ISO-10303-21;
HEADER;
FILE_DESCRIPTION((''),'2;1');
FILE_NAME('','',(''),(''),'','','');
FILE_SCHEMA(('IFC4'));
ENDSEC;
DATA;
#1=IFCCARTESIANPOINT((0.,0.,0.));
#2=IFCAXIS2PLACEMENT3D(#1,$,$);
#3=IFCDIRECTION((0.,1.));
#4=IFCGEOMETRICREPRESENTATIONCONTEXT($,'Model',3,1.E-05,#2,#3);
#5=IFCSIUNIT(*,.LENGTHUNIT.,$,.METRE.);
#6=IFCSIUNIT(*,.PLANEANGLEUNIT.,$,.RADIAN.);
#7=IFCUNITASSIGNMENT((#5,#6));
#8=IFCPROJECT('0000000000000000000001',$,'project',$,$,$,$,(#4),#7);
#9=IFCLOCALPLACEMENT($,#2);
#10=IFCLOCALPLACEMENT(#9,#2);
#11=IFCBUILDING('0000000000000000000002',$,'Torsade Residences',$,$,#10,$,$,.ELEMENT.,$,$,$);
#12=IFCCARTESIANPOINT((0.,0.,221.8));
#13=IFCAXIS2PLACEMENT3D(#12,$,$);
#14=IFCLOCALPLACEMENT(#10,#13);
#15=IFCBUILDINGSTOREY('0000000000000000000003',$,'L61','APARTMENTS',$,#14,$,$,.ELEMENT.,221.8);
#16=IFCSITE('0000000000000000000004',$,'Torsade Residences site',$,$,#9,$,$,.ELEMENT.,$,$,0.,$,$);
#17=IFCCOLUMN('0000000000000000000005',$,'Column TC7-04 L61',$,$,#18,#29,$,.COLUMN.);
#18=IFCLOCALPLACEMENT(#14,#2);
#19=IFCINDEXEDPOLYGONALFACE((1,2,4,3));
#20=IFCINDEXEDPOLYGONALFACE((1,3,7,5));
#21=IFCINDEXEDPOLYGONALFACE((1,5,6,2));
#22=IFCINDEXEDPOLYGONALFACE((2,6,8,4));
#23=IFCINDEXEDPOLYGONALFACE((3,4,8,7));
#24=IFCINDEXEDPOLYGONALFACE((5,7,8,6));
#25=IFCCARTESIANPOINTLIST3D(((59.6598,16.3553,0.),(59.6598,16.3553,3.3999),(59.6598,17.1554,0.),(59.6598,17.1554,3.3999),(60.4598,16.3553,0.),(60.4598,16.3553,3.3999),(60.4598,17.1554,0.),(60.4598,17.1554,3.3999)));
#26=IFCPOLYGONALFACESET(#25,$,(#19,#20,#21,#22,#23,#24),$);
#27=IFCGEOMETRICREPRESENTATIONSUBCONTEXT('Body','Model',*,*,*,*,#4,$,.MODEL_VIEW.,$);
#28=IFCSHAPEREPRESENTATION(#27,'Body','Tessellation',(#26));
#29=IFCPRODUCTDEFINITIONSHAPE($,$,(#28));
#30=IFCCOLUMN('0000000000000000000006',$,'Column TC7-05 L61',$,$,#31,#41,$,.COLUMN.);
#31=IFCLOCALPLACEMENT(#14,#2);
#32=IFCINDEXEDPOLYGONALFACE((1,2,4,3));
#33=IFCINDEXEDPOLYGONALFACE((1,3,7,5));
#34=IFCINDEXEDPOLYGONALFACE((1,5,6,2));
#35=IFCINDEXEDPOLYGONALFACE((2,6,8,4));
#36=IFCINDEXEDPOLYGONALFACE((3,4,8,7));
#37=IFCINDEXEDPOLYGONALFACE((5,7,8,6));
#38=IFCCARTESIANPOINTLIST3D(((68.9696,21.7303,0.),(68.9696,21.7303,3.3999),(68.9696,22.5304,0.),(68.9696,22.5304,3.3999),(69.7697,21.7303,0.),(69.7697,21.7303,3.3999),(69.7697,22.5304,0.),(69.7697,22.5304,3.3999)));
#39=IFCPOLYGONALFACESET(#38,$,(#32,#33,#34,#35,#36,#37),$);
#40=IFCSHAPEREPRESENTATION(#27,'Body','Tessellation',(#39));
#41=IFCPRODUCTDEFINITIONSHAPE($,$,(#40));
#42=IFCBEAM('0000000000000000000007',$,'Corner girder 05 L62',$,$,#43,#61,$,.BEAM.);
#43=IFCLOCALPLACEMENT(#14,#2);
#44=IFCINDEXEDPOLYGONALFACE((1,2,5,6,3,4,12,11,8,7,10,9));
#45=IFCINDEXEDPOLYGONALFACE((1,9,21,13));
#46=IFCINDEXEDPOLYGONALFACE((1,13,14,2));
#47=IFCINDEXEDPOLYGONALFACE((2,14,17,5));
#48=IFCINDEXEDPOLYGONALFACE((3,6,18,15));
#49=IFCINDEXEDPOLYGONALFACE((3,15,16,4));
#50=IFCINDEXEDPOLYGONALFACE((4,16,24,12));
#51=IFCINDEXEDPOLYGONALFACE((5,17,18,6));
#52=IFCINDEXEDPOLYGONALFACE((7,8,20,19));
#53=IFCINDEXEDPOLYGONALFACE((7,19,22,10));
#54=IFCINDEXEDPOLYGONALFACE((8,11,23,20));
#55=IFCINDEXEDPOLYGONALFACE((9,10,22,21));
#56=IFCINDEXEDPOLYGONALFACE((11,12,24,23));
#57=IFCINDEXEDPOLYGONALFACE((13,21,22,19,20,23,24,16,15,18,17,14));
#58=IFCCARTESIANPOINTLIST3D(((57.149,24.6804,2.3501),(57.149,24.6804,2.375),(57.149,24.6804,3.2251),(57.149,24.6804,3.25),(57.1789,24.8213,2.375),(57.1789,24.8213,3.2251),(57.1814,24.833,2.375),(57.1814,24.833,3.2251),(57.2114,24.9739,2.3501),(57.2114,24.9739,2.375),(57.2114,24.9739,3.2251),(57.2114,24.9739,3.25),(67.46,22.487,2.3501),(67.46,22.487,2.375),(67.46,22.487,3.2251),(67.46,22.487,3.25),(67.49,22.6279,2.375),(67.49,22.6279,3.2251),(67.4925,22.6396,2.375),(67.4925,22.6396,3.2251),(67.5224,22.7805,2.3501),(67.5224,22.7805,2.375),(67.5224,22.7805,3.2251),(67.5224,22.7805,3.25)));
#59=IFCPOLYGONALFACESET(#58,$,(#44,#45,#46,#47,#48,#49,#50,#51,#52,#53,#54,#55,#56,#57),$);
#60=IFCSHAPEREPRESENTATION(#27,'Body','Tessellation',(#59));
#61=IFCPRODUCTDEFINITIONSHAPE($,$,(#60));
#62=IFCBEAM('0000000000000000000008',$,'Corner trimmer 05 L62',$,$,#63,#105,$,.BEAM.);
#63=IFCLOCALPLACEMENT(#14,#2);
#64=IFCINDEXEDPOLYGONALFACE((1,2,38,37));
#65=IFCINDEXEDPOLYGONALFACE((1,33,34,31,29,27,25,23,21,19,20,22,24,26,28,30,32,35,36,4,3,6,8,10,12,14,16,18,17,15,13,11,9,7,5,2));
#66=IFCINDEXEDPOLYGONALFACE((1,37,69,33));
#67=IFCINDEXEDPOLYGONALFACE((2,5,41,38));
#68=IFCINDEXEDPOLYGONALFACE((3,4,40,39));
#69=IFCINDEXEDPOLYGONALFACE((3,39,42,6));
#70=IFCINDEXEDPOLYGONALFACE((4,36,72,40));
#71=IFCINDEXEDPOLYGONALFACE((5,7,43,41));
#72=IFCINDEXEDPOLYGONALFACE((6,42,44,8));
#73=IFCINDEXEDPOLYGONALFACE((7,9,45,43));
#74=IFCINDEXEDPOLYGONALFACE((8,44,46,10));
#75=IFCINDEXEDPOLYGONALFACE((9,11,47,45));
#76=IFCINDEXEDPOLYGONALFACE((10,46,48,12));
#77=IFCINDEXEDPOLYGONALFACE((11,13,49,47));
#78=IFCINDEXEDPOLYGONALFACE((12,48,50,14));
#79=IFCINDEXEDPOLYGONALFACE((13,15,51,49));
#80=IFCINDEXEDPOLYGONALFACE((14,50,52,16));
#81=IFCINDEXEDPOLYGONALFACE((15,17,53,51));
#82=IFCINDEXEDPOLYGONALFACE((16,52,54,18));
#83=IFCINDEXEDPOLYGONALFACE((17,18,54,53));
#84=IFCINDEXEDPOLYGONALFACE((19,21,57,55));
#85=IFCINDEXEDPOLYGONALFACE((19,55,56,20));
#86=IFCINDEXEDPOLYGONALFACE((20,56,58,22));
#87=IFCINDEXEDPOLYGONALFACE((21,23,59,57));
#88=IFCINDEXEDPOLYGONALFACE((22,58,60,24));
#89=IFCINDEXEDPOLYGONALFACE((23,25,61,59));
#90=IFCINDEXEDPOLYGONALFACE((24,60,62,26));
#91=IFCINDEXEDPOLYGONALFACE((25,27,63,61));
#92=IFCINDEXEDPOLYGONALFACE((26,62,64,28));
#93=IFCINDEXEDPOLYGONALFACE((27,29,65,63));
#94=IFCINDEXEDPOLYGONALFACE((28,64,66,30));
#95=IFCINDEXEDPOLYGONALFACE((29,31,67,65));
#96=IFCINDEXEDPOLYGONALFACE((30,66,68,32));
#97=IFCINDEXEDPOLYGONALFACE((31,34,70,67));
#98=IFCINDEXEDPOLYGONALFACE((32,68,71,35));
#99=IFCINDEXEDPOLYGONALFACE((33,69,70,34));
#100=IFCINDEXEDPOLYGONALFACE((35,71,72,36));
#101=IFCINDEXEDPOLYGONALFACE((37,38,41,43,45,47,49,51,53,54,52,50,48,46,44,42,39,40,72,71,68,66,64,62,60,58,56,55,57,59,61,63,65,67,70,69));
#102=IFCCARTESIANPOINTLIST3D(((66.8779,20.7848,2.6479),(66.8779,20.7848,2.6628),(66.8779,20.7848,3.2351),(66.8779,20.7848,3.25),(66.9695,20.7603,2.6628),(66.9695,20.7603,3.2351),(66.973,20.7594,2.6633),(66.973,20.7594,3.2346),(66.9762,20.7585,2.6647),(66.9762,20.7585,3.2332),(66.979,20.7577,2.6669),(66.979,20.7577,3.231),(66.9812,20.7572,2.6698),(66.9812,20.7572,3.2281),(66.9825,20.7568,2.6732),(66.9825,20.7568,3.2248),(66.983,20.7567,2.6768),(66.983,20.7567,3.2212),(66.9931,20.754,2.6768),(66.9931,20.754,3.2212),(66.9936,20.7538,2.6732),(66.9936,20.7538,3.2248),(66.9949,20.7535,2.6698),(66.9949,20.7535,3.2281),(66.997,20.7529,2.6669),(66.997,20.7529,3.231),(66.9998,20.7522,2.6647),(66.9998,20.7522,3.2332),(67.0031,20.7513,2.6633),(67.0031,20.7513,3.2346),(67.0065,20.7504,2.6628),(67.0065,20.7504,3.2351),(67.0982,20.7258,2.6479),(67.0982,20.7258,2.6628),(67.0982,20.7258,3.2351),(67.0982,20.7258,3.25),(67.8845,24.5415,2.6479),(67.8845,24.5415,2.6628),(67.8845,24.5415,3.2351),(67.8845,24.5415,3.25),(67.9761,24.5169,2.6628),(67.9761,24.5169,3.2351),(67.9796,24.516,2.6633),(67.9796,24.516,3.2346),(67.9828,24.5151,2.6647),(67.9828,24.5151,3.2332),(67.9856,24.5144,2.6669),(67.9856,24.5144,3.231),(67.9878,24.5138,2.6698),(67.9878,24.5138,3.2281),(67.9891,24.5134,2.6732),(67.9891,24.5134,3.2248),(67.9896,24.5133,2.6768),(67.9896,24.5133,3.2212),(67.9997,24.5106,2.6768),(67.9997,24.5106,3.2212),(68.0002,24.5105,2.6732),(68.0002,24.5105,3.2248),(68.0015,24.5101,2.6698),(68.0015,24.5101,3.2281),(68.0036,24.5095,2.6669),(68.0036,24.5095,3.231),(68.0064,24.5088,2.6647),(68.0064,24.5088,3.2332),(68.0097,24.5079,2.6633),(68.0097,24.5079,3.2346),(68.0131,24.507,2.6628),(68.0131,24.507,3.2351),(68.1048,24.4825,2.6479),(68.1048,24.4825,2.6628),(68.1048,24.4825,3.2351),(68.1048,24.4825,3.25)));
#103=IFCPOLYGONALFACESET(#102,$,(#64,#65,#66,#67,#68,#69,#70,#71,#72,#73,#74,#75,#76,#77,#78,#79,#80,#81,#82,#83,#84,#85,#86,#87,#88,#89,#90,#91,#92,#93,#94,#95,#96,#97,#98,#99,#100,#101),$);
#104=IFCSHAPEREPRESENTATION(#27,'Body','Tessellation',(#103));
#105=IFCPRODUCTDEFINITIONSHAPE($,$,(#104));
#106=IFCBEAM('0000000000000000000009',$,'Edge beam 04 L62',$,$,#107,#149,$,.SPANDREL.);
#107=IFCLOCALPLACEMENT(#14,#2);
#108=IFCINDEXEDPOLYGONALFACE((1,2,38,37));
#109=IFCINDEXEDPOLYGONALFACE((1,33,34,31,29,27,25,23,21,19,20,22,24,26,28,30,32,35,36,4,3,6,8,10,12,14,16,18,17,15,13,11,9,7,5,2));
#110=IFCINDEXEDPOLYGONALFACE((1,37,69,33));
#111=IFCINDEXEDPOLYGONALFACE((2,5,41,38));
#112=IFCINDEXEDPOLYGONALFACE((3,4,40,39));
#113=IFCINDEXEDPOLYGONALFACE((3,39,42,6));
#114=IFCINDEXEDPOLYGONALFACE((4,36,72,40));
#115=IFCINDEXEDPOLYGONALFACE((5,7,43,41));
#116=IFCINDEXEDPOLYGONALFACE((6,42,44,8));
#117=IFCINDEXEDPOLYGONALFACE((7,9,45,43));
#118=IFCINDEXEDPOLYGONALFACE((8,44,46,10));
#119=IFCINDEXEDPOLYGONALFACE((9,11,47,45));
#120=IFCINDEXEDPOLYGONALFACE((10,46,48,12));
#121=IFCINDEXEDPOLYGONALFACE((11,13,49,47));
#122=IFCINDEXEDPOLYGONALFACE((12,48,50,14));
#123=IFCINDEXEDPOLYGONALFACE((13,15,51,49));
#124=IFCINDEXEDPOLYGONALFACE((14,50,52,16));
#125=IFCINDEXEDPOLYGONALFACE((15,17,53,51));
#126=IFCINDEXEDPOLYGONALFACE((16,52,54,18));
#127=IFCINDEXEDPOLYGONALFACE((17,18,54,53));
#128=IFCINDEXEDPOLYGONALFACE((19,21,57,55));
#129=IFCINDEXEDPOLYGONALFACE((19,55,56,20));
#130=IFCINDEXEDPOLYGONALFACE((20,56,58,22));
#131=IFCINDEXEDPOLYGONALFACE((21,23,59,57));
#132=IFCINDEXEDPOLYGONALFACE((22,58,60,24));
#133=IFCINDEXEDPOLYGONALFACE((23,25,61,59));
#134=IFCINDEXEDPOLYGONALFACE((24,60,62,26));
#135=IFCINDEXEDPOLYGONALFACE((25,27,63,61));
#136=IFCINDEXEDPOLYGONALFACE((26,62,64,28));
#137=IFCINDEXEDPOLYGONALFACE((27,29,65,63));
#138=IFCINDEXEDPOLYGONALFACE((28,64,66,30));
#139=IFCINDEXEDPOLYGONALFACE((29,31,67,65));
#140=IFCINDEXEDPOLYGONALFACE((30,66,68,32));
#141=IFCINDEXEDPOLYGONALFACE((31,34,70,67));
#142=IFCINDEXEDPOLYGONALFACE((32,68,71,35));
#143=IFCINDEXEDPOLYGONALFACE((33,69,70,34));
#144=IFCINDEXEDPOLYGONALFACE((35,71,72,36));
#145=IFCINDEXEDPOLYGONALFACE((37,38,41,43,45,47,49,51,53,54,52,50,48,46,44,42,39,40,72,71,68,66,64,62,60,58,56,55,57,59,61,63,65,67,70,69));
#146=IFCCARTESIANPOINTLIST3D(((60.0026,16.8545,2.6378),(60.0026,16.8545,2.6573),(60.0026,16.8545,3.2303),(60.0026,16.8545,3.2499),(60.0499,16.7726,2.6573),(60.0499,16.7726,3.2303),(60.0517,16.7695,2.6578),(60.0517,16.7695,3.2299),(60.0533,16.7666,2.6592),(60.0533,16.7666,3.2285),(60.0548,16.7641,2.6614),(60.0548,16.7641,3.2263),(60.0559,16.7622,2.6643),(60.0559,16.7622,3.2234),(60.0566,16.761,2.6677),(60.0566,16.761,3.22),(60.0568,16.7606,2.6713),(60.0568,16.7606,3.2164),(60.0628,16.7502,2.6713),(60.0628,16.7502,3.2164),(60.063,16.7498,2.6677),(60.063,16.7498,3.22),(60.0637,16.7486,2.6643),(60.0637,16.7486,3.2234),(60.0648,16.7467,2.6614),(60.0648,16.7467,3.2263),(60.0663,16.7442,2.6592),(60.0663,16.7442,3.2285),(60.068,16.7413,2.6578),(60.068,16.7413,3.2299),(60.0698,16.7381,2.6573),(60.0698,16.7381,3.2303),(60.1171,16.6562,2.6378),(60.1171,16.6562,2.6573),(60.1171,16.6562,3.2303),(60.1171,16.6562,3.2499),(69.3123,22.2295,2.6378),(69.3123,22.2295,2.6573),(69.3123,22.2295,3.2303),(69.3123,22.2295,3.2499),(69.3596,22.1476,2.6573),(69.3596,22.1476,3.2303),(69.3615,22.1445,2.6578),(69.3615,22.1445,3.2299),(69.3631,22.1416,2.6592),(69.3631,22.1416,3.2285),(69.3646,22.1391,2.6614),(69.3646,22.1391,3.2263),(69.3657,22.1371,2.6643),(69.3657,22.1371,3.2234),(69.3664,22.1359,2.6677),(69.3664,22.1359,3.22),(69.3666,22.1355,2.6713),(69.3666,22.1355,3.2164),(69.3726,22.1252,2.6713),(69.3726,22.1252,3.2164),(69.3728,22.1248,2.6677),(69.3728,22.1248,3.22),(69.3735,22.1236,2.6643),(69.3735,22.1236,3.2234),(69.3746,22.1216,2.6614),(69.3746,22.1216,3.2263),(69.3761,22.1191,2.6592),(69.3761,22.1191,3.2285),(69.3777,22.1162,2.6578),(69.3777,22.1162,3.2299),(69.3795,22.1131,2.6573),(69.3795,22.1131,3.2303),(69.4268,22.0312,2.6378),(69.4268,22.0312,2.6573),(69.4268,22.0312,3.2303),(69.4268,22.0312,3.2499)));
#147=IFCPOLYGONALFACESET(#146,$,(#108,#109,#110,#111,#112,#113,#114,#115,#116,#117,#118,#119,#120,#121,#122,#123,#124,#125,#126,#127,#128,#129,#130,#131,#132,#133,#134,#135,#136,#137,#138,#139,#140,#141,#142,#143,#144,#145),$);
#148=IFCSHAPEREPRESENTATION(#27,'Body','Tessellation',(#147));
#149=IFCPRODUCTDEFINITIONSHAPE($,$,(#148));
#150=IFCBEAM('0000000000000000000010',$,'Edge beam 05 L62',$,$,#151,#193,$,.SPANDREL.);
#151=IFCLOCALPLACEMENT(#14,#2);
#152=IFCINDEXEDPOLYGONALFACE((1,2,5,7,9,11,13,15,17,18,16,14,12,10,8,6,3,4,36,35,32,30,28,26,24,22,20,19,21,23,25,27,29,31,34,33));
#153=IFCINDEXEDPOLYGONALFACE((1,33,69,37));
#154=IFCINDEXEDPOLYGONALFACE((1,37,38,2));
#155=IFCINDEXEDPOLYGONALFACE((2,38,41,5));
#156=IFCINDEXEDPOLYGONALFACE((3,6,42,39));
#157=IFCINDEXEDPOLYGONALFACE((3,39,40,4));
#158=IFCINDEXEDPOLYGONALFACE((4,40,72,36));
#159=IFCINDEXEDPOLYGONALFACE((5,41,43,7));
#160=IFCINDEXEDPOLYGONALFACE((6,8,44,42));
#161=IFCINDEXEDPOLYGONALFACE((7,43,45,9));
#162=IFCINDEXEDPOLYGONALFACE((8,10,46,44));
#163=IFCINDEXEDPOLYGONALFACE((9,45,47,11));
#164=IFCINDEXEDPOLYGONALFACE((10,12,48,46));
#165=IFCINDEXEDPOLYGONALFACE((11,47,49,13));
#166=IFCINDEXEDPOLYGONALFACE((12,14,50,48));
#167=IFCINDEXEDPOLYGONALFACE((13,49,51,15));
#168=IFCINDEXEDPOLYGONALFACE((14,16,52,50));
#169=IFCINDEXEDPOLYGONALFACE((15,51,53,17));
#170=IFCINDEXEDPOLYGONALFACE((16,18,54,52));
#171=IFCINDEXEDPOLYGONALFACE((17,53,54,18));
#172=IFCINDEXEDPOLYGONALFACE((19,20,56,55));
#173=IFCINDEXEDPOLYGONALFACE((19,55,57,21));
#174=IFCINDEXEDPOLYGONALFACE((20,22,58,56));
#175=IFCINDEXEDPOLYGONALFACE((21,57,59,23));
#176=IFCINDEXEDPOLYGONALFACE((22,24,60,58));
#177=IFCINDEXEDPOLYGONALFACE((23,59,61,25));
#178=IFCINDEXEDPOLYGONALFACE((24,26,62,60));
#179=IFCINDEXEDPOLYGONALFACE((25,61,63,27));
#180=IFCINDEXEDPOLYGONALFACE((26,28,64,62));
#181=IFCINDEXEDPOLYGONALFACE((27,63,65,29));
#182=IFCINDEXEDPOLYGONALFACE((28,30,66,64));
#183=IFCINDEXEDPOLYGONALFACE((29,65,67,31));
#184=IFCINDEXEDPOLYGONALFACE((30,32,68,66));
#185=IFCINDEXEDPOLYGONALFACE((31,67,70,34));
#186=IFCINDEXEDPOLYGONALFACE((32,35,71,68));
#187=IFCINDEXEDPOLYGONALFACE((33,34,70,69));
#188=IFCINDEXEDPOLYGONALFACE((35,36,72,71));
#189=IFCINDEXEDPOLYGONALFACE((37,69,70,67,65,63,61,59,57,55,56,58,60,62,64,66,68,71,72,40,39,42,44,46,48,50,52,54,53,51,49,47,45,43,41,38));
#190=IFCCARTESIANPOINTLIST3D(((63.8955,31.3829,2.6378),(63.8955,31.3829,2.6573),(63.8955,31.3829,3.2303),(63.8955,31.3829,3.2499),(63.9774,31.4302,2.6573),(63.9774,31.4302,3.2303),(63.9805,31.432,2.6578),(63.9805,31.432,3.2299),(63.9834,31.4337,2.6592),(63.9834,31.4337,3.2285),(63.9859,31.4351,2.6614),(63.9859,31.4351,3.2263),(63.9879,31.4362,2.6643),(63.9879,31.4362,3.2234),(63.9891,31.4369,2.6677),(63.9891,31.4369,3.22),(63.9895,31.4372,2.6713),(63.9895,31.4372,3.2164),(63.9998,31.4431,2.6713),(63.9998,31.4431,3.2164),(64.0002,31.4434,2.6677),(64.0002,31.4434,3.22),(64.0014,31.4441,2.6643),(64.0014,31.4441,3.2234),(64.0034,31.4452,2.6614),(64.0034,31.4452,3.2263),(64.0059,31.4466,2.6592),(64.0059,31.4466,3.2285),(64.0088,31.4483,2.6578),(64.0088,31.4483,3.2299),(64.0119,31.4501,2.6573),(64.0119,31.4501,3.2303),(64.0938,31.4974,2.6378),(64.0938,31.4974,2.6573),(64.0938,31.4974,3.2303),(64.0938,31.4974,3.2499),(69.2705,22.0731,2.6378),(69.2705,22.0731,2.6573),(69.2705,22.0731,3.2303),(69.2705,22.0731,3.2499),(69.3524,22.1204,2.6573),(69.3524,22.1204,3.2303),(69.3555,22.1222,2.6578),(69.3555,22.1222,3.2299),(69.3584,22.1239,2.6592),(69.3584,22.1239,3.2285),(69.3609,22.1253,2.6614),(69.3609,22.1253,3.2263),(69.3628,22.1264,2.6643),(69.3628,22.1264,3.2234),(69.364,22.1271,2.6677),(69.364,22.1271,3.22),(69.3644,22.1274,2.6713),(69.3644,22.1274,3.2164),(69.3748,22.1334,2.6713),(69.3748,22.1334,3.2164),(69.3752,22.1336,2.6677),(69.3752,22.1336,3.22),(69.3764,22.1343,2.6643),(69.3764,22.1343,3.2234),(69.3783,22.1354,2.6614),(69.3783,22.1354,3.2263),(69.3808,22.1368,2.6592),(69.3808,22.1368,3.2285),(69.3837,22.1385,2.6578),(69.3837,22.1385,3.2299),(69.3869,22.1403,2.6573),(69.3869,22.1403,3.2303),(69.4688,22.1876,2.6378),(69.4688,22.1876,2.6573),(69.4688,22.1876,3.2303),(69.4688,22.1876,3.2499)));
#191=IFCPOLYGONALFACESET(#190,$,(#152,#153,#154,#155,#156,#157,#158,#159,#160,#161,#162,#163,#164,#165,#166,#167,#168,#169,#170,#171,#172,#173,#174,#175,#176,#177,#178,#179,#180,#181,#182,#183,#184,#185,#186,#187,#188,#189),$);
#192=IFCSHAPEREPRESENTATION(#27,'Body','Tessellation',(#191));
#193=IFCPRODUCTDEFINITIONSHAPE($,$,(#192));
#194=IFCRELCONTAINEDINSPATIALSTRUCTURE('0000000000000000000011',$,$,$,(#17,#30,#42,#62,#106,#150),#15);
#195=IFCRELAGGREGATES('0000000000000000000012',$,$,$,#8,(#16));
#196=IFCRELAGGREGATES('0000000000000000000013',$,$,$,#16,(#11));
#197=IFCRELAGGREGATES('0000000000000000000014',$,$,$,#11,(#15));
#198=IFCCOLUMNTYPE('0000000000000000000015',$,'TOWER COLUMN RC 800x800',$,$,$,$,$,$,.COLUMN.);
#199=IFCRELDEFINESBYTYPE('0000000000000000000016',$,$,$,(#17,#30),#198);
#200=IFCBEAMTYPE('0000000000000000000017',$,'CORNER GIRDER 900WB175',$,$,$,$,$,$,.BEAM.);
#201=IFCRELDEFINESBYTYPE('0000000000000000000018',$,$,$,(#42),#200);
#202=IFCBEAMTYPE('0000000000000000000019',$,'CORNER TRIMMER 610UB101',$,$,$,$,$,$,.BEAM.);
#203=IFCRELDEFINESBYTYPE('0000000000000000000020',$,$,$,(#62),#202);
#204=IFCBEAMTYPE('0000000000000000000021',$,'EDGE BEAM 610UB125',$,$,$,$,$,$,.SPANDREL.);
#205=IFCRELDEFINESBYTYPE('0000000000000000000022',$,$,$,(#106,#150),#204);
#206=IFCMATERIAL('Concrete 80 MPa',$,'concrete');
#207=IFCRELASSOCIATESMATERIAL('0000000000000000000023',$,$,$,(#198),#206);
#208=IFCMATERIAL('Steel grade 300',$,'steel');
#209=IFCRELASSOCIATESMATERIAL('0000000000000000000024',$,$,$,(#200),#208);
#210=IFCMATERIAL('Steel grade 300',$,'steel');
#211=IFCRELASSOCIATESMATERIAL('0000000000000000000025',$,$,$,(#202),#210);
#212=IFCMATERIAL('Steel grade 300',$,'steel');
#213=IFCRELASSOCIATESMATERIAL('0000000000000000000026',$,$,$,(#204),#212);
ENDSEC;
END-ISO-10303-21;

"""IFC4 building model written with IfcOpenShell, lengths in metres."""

from ifc_helpers import new_model, si_unit, direction, frame, origin, origin_2d, place, context, subcontext, project, spatial, rectangle, i_section, extrude, material, material_profile, profile_set, type_object, element, save


model = new_model("IFC4")

# Units and contexts
model_context = context("Model", 3, precision=1e-05, world=origin(), true_north=direction((0.0, 1.0)))
body_context = subcontext(model_context, "Body", "Model", "MODEL_VIEW")
ifc_project = project(units=[si_unit("LENGTHUNIT", "METRE"), si_unit("PLANEANGLEUNIT", "RADIAN")], contexts=[model_context])

# Site, building, storey
site_placement = place(None, origin())
site = spatial("IfcSite", under=ifc_project, at=site_placement, Name="Torsade Residences site", CompositionType="ELEMENT", RefElevation=0.0)
building_placement = place(site_placement, origin())
building = spatial("IfcBuilding", under=site, at=building_placement, Name="Torsade Residences", CompositionType="ELEMENT")
storey_placement = place(building_placement, frame((0.0, 0.0, 221.8)))
storey = spatial("IfcBuildingStorey", under=building, at=storey_placement, Name="L61", Description="APARTMENTS", CompositionType="ELEMENT", Elevation=221.8)

# Columns
ifc_material_1 = material(Name="Concrete 80 MPa", Category="concrete")
ifc_material_profile_1 = material_profile(ifc_material_1, rectangle(XDim=0.8, YDim=0.8, at=origin_2d()), Name="RC 800x800")
ifc_profile_set_1 = profile_set([ifc_material_profile_1], Name="Concrete 80 MPa")
column_type = type_object("IfcColumnType", Name="TOWER COLUMN RC 800x800", PredefinedType="COLUMN", material=ifc_profile_set_1)
for number, where, z_axis, x_axis, name in (
    (1, (60.0598, 16.7554, 0.0), (0.0, 0.0, 1.0), (1.0, 0.0, 0.0), "Column TC7-04 L61"),
    (2, (69.3696, 22.1304, 0.0), (0.0, 0.0, 1.0), (1.0, 0.0, 0.0), "Column TC7-05 L61"),
):
    element("IfcColumn", number, at=place(storey_placement, frame(where, z_axis=z_axis, x_axis=x_axis)), inside=storey, type_object=column_type, Name=name, PredefinedType="COLUMN", context=body_context, shape_type="SweptSolid", body=[
        extrude(rectangle(XDim=0.8, YDim=0.8, at=origin_2d()), origin(), (0.0, 0.0, 1.0), 3.3999),
    ])

# Beams
ifc_material_2 = material(Name="Steel grade 300", Category="steel")
ifc_material_profile_2 = material_profile(ifc_material_2, i_section(OverallWidth=0.3, OverallDepth=0.8999, WebThickness=0.012, FlangeThickness=0.0249, at=origin_2d()), Name="900WB175")
ifc_profile_set_2 = profile_set([ifc_material_profile_2], Name="Steel grade 300")
beam_type_1 = type_object("IfcBeamType", Name="CORNER GIRDER 900WB175", PredefinedType="BEAM", material=ifc_profile_set_2)
beam_1_placement = place(storey_placement, frame((67.4912, 22.6338, 2.8), z_axis=(-0.978115, 0.208064, 0.0), x_axis=(-0.208064, -0.978115, 0.0)))
element("IfcBeam", 3, at=beam_1_placement, inside=storey, type_object=beam_type_1, Name="Corner girder 05 L62", PredefinedType="BEAM", context=body_context, shape_type="SweptSolid", body=[
    extrude(i_section(OverallWidth=0.3, OverallDepth=0.8999, WebThickness=0.012, FlangeThickness=0.0249, at=origin_2d()), origin(), (0.0, 0.0, 1.0), 10.5417),
])
ifc_material_3 = material(Name="Steel grade 300", Category="steel")
ifc_material_profile_3 = material_profile(ifc_material_3, i_section(OverallWidth=0.228, OverallDepth=0.6021, WebThickness=0.0105, FlangeThickness=0.0149, FilletRadius=0.0139, at=origin_2d()), Name="610UB101")
ifc_profile_set_3 = profile_set([ifc_material_profile_3], Name="Steel grade 300")
beam_type_2 = type_object("IfcBeamType", Name="CORNER TRIMMER 610UB101", PredefinedType="BEAM", material=ifc_profile_set_3)
beam_2_placement = place(storey_placement, frame((67.9946, 24.512, 2.949), z_axis=(-0.258823, -0.965925, 0.0), x_axis=(0.965925, -0.258823, 0.0)))
element("IfcBeam", 4, at=beam_2_placement, inside=storey, type_object=beam_type_2, Name="Corner trimmer 05 L62", PredefinedType="BEAM", context=body_context, shape_type="SweptSolid", body=[
    extrude(i_section(OverallWidth=0.228, OverallDepth=0.6021, WebThickness=0.0105, FlangeThickness=0.0149, FilletRadius=0.0139, at=origin_2d()), origin(), (0.0, 0.0, 1.0), 3.8892),
])
ifc_material_4 = material(Name="Steel grade 300", Category="steel")
ifc_material_profile_4 = material_profile(ifc_material_4, i_section(OverallWidth=0.229, OverallDepth=0.6121, WebThickness=0.012, FlangeThickness=0.0195, FilletRadius=0.0139, at=origin_2d()), Name="610UB125")
ifc_profile_set_4 = profile_set([ifc_material_profile_4], Name="Steel grade 300")
beam_type_3 = type_object("IfcBeamType", Name="EDGE BEAM 610UB125", PredefinedType="SPANDREL", material=ifc_profile_set_4)
for number, where, z_axis, x_axis, name in (
    (5, (60.0598, 16.7554, 2.9438), (0.866026, 0.499998, 0.0), (-0.499998, 0.866026, 0.0), "Edge beam 04 L62"),
    (6, (69.3696, 22.1304, 2.9438), (-0.499998, 0.866026, 0.0), (-0.866026, -0.499998, 0.0), "Edge beam 05 L62"),
):
    element("IfcBeam", number, at=place(storey_placement, frame(where, z_axis=z_axis, x_axis=x_axis)), inside=storey, type_object=beam_type_3, Name=name, PredefinedType="SPANDREL", context=body_context, shape_type="SweptSolid", body=[
        extrude(i_section(OverallWidth=0.229, OverallDepth=0.6121, WebThickness=0.012, FlangeThickness=0.0195, FilletRadius=0.0139, at=origin_2d()), origin(), (0.0, 0.0, 1.0), 10.75),
    ])

save(model, "model.ifc")
